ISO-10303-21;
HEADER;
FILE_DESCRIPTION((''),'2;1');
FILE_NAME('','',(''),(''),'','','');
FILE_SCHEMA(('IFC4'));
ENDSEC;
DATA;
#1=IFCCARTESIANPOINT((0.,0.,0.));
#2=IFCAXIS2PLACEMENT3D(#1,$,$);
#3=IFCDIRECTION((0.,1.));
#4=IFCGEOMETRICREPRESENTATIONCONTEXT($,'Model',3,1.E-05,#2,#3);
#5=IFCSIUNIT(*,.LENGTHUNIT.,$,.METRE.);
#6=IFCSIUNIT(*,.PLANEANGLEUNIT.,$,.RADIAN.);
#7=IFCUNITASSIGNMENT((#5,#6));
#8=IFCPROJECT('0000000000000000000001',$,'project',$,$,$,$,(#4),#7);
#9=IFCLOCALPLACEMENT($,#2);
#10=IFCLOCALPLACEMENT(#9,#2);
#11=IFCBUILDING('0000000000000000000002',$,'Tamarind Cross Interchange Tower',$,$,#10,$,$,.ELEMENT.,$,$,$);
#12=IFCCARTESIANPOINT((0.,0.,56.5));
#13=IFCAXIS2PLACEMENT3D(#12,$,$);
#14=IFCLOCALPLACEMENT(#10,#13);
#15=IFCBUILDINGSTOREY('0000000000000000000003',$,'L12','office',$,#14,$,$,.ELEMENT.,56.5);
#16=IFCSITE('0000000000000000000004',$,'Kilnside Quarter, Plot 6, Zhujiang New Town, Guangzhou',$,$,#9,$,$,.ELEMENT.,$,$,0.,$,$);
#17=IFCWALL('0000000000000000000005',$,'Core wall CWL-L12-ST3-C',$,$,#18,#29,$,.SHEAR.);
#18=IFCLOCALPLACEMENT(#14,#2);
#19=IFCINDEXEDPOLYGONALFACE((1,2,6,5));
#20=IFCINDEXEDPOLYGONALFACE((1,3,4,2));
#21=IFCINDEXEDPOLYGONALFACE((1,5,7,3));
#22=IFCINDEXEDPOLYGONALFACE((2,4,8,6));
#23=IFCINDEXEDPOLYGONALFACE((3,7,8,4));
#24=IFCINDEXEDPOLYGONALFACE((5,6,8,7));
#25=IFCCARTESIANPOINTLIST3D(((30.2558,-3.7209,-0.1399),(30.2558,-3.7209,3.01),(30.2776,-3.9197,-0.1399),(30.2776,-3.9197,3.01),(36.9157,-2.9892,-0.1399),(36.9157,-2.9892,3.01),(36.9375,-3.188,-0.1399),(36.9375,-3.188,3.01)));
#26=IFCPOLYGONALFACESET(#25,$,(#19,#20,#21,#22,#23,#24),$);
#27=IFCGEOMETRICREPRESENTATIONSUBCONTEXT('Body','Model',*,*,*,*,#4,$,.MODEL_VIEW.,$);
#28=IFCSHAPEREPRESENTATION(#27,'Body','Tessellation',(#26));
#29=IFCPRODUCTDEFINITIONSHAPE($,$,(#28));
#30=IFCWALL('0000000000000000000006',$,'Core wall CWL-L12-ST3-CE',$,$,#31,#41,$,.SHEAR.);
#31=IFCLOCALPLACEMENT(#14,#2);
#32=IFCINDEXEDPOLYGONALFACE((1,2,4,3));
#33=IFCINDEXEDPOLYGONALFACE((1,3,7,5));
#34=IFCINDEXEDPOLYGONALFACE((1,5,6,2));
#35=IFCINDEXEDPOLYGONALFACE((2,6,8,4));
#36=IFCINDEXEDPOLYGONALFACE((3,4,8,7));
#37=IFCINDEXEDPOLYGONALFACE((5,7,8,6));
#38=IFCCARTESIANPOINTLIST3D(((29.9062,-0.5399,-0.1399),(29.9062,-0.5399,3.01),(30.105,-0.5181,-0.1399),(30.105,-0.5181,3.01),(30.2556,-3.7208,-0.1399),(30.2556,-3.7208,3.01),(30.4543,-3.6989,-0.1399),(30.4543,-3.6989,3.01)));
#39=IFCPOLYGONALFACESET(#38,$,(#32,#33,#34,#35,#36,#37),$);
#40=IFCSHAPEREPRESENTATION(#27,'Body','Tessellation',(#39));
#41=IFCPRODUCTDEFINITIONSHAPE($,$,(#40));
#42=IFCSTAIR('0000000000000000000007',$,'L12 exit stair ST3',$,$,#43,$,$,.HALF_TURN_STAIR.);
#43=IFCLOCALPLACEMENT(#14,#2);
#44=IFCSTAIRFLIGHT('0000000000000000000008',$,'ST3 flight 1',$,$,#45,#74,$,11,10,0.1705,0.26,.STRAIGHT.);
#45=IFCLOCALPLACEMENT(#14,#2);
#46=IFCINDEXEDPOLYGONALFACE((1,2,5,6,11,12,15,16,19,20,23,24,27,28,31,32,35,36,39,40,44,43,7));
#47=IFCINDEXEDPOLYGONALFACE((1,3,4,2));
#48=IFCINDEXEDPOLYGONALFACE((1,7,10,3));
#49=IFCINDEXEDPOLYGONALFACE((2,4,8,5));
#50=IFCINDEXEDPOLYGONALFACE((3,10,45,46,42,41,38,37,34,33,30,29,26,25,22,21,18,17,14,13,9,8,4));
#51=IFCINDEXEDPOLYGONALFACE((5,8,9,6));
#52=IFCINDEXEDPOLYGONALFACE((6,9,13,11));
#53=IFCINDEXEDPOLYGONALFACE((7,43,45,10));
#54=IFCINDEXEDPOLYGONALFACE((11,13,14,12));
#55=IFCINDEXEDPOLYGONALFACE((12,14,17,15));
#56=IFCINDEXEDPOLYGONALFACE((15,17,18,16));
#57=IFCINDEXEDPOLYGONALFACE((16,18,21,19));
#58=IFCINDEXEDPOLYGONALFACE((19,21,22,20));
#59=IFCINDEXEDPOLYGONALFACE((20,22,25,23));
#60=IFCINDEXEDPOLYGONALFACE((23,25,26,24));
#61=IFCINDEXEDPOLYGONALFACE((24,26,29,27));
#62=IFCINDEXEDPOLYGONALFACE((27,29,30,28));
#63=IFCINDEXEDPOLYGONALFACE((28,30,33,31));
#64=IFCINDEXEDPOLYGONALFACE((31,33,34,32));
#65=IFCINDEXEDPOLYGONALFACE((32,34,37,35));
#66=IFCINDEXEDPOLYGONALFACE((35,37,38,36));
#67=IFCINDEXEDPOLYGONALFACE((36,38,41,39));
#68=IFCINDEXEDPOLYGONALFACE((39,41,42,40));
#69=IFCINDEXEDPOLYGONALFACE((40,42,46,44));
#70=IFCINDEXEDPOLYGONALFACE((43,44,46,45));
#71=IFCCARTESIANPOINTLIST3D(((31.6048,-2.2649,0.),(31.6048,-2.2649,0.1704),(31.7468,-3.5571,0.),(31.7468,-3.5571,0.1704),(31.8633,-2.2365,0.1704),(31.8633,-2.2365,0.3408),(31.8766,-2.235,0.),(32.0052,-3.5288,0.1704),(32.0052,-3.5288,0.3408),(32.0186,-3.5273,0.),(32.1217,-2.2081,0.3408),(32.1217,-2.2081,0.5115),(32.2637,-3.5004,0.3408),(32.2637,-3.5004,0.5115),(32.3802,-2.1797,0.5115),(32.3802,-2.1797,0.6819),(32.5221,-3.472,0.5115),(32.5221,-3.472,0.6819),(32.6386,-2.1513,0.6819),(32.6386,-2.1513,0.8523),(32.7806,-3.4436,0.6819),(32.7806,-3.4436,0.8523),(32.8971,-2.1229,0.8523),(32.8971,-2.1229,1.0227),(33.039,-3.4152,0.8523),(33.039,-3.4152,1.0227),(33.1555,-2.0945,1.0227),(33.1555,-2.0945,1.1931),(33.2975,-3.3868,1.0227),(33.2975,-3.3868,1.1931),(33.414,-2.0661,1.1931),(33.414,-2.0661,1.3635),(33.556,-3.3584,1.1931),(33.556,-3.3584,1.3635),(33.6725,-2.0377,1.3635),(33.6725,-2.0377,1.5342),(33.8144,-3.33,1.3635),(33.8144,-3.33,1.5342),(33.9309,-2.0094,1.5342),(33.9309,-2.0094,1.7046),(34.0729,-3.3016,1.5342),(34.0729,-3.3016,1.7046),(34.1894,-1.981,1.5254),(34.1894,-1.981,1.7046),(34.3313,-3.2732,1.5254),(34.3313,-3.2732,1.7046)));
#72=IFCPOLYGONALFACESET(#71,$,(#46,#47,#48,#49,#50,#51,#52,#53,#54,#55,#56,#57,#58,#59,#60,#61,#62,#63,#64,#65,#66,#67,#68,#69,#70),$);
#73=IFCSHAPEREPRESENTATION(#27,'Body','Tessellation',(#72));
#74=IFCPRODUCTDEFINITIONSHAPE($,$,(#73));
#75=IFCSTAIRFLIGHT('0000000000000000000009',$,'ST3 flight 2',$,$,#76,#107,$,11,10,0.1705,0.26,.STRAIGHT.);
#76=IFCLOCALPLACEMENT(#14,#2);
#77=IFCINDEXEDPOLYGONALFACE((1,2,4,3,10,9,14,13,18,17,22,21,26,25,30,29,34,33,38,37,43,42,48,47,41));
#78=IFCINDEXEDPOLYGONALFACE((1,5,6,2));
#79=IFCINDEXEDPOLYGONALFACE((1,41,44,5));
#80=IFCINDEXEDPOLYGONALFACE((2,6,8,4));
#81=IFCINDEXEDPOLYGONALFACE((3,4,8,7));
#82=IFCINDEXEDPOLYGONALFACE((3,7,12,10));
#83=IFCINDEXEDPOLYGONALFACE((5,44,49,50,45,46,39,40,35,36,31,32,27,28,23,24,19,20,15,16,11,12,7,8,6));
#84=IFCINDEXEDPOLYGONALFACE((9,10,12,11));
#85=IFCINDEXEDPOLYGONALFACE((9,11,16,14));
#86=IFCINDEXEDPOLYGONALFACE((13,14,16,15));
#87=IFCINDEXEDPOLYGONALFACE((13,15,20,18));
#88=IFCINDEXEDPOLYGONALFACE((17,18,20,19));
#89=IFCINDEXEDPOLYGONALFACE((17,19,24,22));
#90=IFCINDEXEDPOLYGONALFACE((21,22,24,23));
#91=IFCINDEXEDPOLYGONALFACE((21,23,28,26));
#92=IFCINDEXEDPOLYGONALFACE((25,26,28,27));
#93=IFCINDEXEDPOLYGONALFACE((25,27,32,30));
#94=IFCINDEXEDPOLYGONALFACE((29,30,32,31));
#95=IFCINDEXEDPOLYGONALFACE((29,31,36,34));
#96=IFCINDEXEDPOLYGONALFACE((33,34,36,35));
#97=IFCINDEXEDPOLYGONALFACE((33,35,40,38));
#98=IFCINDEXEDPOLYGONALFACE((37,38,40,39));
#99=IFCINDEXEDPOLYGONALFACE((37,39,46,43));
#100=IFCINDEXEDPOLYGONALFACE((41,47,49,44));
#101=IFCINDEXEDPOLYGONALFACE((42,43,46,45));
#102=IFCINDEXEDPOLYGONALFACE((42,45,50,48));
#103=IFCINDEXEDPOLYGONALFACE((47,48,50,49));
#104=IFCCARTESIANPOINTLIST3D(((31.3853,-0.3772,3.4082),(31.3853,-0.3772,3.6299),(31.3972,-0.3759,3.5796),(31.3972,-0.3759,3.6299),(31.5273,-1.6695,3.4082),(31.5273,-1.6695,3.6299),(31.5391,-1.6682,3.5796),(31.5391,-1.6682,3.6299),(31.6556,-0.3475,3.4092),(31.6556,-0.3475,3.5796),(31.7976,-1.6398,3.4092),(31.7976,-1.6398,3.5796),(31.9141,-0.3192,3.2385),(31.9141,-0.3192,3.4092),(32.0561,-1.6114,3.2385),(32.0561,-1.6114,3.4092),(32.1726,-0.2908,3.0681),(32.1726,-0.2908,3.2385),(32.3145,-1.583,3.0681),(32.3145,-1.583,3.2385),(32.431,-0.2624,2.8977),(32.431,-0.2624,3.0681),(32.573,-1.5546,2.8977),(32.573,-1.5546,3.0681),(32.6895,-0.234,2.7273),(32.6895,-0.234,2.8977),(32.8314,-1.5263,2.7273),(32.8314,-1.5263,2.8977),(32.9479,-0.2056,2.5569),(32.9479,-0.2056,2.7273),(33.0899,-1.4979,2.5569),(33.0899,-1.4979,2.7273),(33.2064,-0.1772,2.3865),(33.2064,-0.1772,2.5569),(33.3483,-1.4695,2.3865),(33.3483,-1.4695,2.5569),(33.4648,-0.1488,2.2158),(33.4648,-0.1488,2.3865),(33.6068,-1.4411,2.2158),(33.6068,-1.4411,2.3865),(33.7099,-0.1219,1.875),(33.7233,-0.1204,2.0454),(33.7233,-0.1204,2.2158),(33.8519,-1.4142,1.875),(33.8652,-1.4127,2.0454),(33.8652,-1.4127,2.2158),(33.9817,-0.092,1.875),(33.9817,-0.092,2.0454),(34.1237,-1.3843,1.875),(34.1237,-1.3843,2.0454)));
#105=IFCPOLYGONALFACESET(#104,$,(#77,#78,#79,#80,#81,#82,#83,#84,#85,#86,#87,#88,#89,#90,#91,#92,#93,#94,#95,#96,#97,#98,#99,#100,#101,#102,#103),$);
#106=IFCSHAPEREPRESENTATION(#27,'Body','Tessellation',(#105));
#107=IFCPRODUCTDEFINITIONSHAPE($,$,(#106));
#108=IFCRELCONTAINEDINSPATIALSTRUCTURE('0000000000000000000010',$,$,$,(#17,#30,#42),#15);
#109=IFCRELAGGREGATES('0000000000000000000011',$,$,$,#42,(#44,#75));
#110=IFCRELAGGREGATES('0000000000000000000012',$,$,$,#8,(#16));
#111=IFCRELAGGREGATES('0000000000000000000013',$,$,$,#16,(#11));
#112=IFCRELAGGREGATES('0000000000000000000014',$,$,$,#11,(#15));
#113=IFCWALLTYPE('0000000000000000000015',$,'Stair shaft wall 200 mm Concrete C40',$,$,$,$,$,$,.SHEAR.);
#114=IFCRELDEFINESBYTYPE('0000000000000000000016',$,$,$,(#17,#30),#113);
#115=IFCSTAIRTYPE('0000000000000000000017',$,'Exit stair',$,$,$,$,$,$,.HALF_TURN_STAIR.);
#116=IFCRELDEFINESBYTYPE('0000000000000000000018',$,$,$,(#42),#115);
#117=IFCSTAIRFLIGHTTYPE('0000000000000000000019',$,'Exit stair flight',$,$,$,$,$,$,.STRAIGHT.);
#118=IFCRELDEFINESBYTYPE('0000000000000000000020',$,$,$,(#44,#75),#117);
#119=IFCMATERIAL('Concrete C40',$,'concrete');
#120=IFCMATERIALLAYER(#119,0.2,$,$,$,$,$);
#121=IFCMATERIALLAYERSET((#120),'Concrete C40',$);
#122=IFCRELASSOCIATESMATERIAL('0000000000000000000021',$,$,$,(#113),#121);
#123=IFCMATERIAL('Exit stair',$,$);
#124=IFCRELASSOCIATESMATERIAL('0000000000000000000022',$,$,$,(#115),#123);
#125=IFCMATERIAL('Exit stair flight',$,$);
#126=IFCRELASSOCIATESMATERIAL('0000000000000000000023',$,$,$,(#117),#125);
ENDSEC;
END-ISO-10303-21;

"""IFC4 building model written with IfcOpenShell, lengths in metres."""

from ifc_helpers import new_model, si_unit, direction, frame, frame_2d, origin, place, context, subcontext, project, spatial, polyline, rectangle, outline, extrude, material, layer, layer_set, type_object, element, aggregate, save


model = new_model("IFC4")

# Units and contexts
model_context = context("Model", 3, precision=1e-05, world=origin(), true_north=direction((0.0, 1.0)))
body_context = subcontext(model_context, "Body", "Model", "MODEL_VIEW")
ifc_project = project(units=[si_unit("LENGTHUNIT", "METRE"), si_unit("PLANEANGLEUNIT", "RADIAN")], contexts=[model_context])

# Site, building, storey
site_placement = place(None, origin())
site = spatial("IfcSite", under=ifc_project, at=site_placement, Name="Kilnside Quarter, Plot 6, Zhujiang New Town, Guangzhou", CompositionType="ELEMENT", RefElevation=0.0)
building_placement = place(site_placement, origin())
building = spatial("IfcBuilding", under=site, at=building_placement, Name="Tamarind Cross Interchange Tower", CompositionType="ELEMENT")
storey_placement = place(building_placement, frame((0.0, 0.0, 56.5)))
storey = spatial("IfcBuildingStorey", under=building, at=storey_placement, Name="L12", Description="office", CompositionType="ELEMENT", Elevation=56.5)

# Shared definitions
ifc_material_1 = material(Name="Concrete C40", Category="concrete")
ifc_layer_1 = layer(ifc_material_1, 0.2)
ifc_layer_set_1 = layer_set([ifc_layer_1], Name="Concrete C40")
wall_type_1 = type_object("IfcWallType", Name="Stair shaft wall 200 mm Concrete C40", PredefinedType="SHEAR", material=ifc_layer_set_1)

# Walls
wall_1_placement = place(storey_placement, frame((30.2666, -3.8203, -0.1399), z_axis=(0.0, 0.0, 1.0), x_axis=(0.994019, 0.109208, 0.0)))
element("IfcWall", 1, at=wall_1_placement, inside=storey, type_object=wall_type_1, Name="Core wall CWL-L12-ST3-C", PredefinedType="SHEAR", context=body_context, shape_type="SweptSolid", body=[
    extrude(rectangle(XDim=6.7, YDim=0.2, at=frame_2d((3.3501, 0.0))), origin(), (0.0, 0.0, 1.0), 3.1499),
])
wall_2_placement = place(storey_placement, frame((30.355, -3.71, -0.1399), z_axis=(0.0, 0.0, 1.0), x_axis=(-0.109175, 0.994023, 0.0)))
element("IfcWall", 2, at=wall_2_placement, inside=storey, type_object=wall_type_1, Name="Core wall CWL-L12-ST3-CE", PredefinedType="SHEAR", context=body_context, shape_type="SweptSolid", body=[
    extrude(rectangle(XDim=3.2, YDim=0.2, at=frame_2d((1.6001, 0.0))), origin(), (0.0, 0.0, 1.0), 3.1499),
])

# Stair, stair flights
ifc_material_2 = material(Name="Exit stair")
stair_type = type_object("IfcStairType", Name="Exit stair", PredefinedType="HALF_TURN_STAIR", material=ifc_material_2)
stair_placement = place(storey_placement, origin())
stair = element("IfcStair", 3, at=stair_placement, inside=storey, type_object=stair_type, Name="L12 exit stair ST3", PredefinedType="HALF_TURN_STAIR")
ifc_material_3 = material(Name="Exit stair flight")
stair_flight_type = type_object("IfcStairFlightType", Name="Exit stair flight", PredefinedType="STRAIGHT", material=ifc_material_3)
stair_flight_1_placement = place(storey_placement, frame((31.6758, -2.9109, 0.0), z_axis=(0.0, 0.0, 1.0), x_axis=(0.994021, 0.109193, 0.0)))
stair_flight_1 = element("IfcStairFlight", 4, at=stair_flight_1_placement, type_object=stair_flight_type, Name="ST3 flight 1", NumberOfRisers=11, NumberOfTreads=10, PredefinedType="STRAIGHT", RiserHeight=0.1705, TreadLength=0.26, context=body_context, shape_type="SweptSolid", body=[
    extrude(outline(polyline([(0.0, 0.0), (0.0, 0.1704), (0.26, 0.1704), (0.26, 0.3408), (0.52, 0.3408), (0.52, 0.5115), (0.78, 0.5115), (0.78, 0.6819), (1.04, 0.6819), (1.04, 0.8523), (1.3, 0.8523), (1.3, 1.0227), (1.5601, 1.0227), (1.5601, 1.1931), (1.8201, 1.1931), (1.8201, 1.3635), (2.0801, 1.3635), (2.0801, 1.5342), (2.3401, 1.5342), (2.3401, 1.7046), (2.6001, 1.7046), (2.6001, 1.875), (2.6001, 1.5254), (0.2734, 0.0), (0.0, 0.0)])), frame((0.0, 0.6499, 0.0), z_axis=(0.0, -1.0, 0.0), x_axis=(1.0, 0.0, 0.0)), (0.0, 0.0, 1.0), 1.3),
])
stair_flight_2_placement = place(storey_placement, frame((34.0527, -0.7383, 1.875), z_axis=(0.0, 0.0, 1.0), x_axis=(-0.994021, -0.109193, 0.0)))
stair_flight_2 = element("IfcStairFlight", 5, at=stair_flight_2_placement, type_object=stair_flight_type, Name="ST3 flight 2", NumberOfRisers=11, NumberOfTreads=10, PredefinedType="STRAIGHT", RiserHeight=0.1705, TreadLength=0.26, context=body_context, shape_type="SweptSolid", body=[
    extrude(outline(polyline([(0.0, 0.0), (0.0, 0.1704), (0.26, 0.1704), (0.26, 0.3408), (0.52, 0.3408), (0.52, 0.5115), (0.78, 0.5115), (0.78, 0.6819), (1.04, 0.6819), (1.04, 0.8523), (1.3, 0.8523), (1.3, 1.0227), (1.5601, 1.0227), (1.5601, 1.1931), (1.8201, 1.1931), (1.8201, 1.3635), (2.0801, 1.3635), (2.0801, 1.5342), (2.3401, 1.5342), (2.3401, 1.7046), (2.6001, 1.7046), (2.6001, 1.7549), (2.6121, 1.7549), (2.6121, 1.5332), (0.2734, 0.0), (0.0, 0.0)])), frame((0.0, 0.6499, 0.0), z_axis=(0.0, -1.0, 0.0), x_axis=(1.0, 0.0, 0.0)), (0.0, 0.0, 1.0), 1.3),
])
aggregate(stair, [stair_flight_1, stair_flight_2])

save(model, "model.ifc")
